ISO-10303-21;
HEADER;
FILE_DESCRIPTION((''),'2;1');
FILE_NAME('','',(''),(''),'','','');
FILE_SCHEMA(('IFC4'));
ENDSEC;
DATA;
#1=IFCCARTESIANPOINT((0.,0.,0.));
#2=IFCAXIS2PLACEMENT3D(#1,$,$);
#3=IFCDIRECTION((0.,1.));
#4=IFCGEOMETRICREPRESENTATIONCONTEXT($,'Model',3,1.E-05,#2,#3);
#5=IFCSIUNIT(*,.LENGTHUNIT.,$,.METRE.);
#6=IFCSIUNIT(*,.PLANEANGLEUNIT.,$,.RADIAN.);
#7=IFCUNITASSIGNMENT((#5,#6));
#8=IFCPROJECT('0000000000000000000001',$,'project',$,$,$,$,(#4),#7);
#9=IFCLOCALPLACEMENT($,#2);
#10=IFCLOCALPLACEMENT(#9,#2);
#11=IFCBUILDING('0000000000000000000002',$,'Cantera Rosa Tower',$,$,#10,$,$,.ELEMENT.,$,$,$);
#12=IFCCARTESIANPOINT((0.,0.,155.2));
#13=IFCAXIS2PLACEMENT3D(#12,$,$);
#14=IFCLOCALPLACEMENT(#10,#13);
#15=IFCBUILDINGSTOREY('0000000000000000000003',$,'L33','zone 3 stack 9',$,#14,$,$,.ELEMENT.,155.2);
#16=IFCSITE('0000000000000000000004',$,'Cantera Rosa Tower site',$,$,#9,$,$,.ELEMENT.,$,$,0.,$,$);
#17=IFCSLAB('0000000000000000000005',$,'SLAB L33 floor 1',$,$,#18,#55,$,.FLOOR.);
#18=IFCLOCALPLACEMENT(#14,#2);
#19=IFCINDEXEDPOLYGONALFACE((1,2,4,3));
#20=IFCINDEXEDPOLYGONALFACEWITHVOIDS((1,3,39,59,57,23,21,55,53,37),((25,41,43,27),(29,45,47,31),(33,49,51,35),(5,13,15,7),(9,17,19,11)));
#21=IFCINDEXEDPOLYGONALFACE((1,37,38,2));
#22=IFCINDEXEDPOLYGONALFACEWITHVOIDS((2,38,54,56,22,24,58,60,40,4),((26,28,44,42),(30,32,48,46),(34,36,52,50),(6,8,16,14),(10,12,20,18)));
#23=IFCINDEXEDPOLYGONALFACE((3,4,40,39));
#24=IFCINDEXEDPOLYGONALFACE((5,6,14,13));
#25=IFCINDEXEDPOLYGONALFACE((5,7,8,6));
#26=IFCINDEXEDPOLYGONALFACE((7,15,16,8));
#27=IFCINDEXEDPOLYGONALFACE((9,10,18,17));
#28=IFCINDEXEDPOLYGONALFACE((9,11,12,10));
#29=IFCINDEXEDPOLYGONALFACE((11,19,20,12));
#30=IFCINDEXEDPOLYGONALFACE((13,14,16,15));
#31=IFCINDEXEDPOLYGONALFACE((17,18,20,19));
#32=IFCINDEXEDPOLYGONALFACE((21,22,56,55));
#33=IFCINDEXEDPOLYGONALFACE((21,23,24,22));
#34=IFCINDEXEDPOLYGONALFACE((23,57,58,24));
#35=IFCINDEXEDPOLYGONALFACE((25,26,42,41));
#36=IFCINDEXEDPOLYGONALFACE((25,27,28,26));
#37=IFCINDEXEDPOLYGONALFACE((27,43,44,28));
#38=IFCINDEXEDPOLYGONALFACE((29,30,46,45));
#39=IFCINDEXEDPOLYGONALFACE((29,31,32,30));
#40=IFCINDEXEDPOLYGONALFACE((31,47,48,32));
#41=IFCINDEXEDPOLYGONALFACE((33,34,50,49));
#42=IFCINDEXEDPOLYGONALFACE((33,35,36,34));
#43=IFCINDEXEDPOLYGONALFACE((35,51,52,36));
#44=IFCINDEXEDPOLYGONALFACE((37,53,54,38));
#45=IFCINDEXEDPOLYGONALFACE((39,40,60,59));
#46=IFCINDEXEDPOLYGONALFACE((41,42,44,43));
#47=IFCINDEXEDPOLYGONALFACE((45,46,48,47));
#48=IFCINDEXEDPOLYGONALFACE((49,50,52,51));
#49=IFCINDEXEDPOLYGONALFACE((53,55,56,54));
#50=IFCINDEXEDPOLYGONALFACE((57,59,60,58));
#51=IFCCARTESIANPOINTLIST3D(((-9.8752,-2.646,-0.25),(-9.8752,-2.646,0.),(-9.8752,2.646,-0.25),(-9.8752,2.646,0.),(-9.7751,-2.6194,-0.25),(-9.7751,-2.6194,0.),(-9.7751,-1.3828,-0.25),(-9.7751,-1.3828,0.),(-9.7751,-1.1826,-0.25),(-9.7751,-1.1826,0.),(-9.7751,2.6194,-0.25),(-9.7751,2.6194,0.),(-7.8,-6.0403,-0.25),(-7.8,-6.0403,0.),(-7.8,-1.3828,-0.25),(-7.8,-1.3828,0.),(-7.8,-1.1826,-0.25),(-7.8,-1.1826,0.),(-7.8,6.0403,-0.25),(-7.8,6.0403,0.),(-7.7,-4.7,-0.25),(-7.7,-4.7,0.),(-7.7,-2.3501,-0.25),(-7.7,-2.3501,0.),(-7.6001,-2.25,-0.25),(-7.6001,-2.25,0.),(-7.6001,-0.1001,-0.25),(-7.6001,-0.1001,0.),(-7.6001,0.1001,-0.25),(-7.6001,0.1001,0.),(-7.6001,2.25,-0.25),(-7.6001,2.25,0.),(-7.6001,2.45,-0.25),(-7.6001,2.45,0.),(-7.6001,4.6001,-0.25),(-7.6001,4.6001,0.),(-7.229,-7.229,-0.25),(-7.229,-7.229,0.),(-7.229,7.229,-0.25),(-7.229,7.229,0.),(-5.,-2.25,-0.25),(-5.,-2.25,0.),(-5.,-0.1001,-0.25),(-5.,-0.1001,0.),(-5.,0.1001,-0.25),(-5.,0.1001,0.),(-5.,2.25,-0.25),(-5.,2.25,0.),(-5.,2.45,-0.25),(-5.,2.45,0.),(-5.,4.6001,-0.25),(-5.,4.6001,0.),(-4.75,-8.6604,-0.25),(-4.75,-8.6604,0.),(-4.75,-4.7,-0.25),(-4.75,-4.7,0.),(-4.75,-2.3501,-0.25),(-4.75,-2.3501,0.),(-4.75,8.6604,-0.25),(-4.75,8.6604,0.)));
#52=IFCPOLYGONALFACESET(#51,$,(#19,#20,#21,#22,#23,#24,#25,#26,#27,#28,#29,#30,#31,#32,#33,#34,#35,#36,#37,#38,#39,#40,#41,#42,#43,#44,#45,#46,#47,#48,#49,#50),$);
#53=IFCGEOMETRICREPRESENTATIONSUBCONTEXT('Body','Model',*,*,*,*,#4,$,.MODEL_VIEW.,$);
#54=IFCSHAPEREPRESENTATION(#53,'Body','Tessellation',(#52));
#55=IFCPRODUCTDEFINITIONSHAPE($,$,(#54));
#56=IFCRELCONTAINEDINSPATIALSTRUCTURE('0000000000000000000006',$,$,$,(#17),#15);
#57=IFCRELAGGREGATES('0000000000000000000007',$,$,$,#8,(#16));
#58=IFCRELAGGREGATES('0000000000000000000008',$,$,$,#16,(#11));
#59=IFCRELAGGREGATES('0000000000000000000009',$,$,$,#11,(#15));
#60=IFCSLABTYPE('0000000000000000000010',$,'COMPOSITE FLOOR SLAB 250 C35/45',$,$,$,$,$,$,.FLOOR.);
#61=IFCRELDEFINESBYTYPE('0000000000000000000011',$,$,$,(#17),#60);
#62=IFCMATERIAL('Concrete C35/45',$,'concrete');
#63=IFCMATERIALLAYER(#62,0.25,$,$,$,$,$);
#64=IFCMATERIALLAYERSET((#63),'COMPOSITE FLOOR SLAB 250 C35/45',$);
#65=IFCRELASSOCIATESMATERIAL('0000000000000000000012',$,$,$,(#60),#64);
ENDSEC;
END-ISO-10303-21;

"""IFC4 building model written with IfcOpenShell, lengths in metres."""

from ifc_helpers import new_model, si_unit, direction, frame, origin, place, context, subcontext, project, spatial, polyline, outline, extrude, material, layer, layer_set, type_object, element, save


model = new_model("IFC4")

# Units and contexts
model_context = context("Model", 3, precision=1e-05, world=origin(), true_north=direction((0.0, 1.0)))
body_context = subcontext(model_context, "Body", "Model", "MODEL_VIEW")
ifc_project = project(units=[si_unit("LENGTHUNIT", "METRE"), si_unit("PLANEANGLEUNIT", "RADIAN")], contexts=[model_context])

# Site, building, storey
site_placement = place(None, origin())
site = spatial("IfcSite", under=ifc_project, at=site_placement, Name="Cantera Rosa Tower site", CompositionType="ELEMENT", RefElevation=0.0)
building_placement = place(site_placement, origin())
building = spatial("IfcBuilding", under=site, at=building_placement, Name="Cantera Rosa Tower", CompositionType="ELEMENT")
storey_placement = place(building_placement, frame((0.0, 0.0, 155.2)))
storey = spatial("IfcBuildingStorey", under=building, at=storey_placement, Name="L33", Description="zone 3 stack 9", CompositionType="ELEMENT", Elevation=155.2)

# Slab
ifc_material_1 = material(Name="Concrete C35/45", Category="concrete")
ifc_layer_1 = layer(ifc_material_1, 0.25)
ifc_layer_set_1 = layer_set([ifc_layer_1], Name="COMPOSITE FLOOR SLAB 250 C35/45")
slab_type_1 = type_object("IfcSlabType", Name="COMPOSITE FLOOR SLAB 250 C35/45", PredefinedType="FLOOR", material=ifc_layer_set_1)
slab_1_placement = place(storey_placement, frame((0.0, 0.0, -0.25)))
element("IfcSlab", 1, at=slab_1_placement, inside=storey, type_object=slab_type_1, Name="SLAB L33 floor 1", PredefinedType="FLOOR", context=body_context, shape_type="SweptSolid", body=[
    extrude(outline(polyline([(-7.229, 7.229), (-4.75, 8.6604), (-4.75, -2.3501), (-7.7, -2.3501), (-7.7, -4.7), (-4.75, -4.7), (-4.75, -8.6604), (-7.229, -7.229), (-9.8752, -2.646), (-9.8752, 2.646), (-7.229, 7.229)]), holes=[polyline([(-7.8, -1.3828), (-9.7751, -1.3828), (-9.7751, -2.6194), (-7.8, -6.0403), (-7.8, -1.3828)]), polyline([(-7.6001, -0.1001), (-7.6001, -2.25), (-5.0, -2.25), (-5.0, -0.1001), (-7.6001, -0.1001)]), polyline([(-7.6001, 2.25), (-7.6001, 0.1001), (-5.0, 0.1001), (-5.0, 2.25), (-7.6001, 2.25)]), polyline([(-7.8, -1.1826), (-7.8, 6.0403), (-9.7751, 2.6194), (-9.7751, -1.1826), (-7.8, -1.1826)]), polyline([(-5.0, 4.6001), (-7.6001, 4.6001), (-7.6001, 2.45), (-5.0, 2.45), (-5.0, 4.6001)])]), origin(), (0.0, 0.0, 1.0), 0.25),
])

save(model, "model.ifc")
